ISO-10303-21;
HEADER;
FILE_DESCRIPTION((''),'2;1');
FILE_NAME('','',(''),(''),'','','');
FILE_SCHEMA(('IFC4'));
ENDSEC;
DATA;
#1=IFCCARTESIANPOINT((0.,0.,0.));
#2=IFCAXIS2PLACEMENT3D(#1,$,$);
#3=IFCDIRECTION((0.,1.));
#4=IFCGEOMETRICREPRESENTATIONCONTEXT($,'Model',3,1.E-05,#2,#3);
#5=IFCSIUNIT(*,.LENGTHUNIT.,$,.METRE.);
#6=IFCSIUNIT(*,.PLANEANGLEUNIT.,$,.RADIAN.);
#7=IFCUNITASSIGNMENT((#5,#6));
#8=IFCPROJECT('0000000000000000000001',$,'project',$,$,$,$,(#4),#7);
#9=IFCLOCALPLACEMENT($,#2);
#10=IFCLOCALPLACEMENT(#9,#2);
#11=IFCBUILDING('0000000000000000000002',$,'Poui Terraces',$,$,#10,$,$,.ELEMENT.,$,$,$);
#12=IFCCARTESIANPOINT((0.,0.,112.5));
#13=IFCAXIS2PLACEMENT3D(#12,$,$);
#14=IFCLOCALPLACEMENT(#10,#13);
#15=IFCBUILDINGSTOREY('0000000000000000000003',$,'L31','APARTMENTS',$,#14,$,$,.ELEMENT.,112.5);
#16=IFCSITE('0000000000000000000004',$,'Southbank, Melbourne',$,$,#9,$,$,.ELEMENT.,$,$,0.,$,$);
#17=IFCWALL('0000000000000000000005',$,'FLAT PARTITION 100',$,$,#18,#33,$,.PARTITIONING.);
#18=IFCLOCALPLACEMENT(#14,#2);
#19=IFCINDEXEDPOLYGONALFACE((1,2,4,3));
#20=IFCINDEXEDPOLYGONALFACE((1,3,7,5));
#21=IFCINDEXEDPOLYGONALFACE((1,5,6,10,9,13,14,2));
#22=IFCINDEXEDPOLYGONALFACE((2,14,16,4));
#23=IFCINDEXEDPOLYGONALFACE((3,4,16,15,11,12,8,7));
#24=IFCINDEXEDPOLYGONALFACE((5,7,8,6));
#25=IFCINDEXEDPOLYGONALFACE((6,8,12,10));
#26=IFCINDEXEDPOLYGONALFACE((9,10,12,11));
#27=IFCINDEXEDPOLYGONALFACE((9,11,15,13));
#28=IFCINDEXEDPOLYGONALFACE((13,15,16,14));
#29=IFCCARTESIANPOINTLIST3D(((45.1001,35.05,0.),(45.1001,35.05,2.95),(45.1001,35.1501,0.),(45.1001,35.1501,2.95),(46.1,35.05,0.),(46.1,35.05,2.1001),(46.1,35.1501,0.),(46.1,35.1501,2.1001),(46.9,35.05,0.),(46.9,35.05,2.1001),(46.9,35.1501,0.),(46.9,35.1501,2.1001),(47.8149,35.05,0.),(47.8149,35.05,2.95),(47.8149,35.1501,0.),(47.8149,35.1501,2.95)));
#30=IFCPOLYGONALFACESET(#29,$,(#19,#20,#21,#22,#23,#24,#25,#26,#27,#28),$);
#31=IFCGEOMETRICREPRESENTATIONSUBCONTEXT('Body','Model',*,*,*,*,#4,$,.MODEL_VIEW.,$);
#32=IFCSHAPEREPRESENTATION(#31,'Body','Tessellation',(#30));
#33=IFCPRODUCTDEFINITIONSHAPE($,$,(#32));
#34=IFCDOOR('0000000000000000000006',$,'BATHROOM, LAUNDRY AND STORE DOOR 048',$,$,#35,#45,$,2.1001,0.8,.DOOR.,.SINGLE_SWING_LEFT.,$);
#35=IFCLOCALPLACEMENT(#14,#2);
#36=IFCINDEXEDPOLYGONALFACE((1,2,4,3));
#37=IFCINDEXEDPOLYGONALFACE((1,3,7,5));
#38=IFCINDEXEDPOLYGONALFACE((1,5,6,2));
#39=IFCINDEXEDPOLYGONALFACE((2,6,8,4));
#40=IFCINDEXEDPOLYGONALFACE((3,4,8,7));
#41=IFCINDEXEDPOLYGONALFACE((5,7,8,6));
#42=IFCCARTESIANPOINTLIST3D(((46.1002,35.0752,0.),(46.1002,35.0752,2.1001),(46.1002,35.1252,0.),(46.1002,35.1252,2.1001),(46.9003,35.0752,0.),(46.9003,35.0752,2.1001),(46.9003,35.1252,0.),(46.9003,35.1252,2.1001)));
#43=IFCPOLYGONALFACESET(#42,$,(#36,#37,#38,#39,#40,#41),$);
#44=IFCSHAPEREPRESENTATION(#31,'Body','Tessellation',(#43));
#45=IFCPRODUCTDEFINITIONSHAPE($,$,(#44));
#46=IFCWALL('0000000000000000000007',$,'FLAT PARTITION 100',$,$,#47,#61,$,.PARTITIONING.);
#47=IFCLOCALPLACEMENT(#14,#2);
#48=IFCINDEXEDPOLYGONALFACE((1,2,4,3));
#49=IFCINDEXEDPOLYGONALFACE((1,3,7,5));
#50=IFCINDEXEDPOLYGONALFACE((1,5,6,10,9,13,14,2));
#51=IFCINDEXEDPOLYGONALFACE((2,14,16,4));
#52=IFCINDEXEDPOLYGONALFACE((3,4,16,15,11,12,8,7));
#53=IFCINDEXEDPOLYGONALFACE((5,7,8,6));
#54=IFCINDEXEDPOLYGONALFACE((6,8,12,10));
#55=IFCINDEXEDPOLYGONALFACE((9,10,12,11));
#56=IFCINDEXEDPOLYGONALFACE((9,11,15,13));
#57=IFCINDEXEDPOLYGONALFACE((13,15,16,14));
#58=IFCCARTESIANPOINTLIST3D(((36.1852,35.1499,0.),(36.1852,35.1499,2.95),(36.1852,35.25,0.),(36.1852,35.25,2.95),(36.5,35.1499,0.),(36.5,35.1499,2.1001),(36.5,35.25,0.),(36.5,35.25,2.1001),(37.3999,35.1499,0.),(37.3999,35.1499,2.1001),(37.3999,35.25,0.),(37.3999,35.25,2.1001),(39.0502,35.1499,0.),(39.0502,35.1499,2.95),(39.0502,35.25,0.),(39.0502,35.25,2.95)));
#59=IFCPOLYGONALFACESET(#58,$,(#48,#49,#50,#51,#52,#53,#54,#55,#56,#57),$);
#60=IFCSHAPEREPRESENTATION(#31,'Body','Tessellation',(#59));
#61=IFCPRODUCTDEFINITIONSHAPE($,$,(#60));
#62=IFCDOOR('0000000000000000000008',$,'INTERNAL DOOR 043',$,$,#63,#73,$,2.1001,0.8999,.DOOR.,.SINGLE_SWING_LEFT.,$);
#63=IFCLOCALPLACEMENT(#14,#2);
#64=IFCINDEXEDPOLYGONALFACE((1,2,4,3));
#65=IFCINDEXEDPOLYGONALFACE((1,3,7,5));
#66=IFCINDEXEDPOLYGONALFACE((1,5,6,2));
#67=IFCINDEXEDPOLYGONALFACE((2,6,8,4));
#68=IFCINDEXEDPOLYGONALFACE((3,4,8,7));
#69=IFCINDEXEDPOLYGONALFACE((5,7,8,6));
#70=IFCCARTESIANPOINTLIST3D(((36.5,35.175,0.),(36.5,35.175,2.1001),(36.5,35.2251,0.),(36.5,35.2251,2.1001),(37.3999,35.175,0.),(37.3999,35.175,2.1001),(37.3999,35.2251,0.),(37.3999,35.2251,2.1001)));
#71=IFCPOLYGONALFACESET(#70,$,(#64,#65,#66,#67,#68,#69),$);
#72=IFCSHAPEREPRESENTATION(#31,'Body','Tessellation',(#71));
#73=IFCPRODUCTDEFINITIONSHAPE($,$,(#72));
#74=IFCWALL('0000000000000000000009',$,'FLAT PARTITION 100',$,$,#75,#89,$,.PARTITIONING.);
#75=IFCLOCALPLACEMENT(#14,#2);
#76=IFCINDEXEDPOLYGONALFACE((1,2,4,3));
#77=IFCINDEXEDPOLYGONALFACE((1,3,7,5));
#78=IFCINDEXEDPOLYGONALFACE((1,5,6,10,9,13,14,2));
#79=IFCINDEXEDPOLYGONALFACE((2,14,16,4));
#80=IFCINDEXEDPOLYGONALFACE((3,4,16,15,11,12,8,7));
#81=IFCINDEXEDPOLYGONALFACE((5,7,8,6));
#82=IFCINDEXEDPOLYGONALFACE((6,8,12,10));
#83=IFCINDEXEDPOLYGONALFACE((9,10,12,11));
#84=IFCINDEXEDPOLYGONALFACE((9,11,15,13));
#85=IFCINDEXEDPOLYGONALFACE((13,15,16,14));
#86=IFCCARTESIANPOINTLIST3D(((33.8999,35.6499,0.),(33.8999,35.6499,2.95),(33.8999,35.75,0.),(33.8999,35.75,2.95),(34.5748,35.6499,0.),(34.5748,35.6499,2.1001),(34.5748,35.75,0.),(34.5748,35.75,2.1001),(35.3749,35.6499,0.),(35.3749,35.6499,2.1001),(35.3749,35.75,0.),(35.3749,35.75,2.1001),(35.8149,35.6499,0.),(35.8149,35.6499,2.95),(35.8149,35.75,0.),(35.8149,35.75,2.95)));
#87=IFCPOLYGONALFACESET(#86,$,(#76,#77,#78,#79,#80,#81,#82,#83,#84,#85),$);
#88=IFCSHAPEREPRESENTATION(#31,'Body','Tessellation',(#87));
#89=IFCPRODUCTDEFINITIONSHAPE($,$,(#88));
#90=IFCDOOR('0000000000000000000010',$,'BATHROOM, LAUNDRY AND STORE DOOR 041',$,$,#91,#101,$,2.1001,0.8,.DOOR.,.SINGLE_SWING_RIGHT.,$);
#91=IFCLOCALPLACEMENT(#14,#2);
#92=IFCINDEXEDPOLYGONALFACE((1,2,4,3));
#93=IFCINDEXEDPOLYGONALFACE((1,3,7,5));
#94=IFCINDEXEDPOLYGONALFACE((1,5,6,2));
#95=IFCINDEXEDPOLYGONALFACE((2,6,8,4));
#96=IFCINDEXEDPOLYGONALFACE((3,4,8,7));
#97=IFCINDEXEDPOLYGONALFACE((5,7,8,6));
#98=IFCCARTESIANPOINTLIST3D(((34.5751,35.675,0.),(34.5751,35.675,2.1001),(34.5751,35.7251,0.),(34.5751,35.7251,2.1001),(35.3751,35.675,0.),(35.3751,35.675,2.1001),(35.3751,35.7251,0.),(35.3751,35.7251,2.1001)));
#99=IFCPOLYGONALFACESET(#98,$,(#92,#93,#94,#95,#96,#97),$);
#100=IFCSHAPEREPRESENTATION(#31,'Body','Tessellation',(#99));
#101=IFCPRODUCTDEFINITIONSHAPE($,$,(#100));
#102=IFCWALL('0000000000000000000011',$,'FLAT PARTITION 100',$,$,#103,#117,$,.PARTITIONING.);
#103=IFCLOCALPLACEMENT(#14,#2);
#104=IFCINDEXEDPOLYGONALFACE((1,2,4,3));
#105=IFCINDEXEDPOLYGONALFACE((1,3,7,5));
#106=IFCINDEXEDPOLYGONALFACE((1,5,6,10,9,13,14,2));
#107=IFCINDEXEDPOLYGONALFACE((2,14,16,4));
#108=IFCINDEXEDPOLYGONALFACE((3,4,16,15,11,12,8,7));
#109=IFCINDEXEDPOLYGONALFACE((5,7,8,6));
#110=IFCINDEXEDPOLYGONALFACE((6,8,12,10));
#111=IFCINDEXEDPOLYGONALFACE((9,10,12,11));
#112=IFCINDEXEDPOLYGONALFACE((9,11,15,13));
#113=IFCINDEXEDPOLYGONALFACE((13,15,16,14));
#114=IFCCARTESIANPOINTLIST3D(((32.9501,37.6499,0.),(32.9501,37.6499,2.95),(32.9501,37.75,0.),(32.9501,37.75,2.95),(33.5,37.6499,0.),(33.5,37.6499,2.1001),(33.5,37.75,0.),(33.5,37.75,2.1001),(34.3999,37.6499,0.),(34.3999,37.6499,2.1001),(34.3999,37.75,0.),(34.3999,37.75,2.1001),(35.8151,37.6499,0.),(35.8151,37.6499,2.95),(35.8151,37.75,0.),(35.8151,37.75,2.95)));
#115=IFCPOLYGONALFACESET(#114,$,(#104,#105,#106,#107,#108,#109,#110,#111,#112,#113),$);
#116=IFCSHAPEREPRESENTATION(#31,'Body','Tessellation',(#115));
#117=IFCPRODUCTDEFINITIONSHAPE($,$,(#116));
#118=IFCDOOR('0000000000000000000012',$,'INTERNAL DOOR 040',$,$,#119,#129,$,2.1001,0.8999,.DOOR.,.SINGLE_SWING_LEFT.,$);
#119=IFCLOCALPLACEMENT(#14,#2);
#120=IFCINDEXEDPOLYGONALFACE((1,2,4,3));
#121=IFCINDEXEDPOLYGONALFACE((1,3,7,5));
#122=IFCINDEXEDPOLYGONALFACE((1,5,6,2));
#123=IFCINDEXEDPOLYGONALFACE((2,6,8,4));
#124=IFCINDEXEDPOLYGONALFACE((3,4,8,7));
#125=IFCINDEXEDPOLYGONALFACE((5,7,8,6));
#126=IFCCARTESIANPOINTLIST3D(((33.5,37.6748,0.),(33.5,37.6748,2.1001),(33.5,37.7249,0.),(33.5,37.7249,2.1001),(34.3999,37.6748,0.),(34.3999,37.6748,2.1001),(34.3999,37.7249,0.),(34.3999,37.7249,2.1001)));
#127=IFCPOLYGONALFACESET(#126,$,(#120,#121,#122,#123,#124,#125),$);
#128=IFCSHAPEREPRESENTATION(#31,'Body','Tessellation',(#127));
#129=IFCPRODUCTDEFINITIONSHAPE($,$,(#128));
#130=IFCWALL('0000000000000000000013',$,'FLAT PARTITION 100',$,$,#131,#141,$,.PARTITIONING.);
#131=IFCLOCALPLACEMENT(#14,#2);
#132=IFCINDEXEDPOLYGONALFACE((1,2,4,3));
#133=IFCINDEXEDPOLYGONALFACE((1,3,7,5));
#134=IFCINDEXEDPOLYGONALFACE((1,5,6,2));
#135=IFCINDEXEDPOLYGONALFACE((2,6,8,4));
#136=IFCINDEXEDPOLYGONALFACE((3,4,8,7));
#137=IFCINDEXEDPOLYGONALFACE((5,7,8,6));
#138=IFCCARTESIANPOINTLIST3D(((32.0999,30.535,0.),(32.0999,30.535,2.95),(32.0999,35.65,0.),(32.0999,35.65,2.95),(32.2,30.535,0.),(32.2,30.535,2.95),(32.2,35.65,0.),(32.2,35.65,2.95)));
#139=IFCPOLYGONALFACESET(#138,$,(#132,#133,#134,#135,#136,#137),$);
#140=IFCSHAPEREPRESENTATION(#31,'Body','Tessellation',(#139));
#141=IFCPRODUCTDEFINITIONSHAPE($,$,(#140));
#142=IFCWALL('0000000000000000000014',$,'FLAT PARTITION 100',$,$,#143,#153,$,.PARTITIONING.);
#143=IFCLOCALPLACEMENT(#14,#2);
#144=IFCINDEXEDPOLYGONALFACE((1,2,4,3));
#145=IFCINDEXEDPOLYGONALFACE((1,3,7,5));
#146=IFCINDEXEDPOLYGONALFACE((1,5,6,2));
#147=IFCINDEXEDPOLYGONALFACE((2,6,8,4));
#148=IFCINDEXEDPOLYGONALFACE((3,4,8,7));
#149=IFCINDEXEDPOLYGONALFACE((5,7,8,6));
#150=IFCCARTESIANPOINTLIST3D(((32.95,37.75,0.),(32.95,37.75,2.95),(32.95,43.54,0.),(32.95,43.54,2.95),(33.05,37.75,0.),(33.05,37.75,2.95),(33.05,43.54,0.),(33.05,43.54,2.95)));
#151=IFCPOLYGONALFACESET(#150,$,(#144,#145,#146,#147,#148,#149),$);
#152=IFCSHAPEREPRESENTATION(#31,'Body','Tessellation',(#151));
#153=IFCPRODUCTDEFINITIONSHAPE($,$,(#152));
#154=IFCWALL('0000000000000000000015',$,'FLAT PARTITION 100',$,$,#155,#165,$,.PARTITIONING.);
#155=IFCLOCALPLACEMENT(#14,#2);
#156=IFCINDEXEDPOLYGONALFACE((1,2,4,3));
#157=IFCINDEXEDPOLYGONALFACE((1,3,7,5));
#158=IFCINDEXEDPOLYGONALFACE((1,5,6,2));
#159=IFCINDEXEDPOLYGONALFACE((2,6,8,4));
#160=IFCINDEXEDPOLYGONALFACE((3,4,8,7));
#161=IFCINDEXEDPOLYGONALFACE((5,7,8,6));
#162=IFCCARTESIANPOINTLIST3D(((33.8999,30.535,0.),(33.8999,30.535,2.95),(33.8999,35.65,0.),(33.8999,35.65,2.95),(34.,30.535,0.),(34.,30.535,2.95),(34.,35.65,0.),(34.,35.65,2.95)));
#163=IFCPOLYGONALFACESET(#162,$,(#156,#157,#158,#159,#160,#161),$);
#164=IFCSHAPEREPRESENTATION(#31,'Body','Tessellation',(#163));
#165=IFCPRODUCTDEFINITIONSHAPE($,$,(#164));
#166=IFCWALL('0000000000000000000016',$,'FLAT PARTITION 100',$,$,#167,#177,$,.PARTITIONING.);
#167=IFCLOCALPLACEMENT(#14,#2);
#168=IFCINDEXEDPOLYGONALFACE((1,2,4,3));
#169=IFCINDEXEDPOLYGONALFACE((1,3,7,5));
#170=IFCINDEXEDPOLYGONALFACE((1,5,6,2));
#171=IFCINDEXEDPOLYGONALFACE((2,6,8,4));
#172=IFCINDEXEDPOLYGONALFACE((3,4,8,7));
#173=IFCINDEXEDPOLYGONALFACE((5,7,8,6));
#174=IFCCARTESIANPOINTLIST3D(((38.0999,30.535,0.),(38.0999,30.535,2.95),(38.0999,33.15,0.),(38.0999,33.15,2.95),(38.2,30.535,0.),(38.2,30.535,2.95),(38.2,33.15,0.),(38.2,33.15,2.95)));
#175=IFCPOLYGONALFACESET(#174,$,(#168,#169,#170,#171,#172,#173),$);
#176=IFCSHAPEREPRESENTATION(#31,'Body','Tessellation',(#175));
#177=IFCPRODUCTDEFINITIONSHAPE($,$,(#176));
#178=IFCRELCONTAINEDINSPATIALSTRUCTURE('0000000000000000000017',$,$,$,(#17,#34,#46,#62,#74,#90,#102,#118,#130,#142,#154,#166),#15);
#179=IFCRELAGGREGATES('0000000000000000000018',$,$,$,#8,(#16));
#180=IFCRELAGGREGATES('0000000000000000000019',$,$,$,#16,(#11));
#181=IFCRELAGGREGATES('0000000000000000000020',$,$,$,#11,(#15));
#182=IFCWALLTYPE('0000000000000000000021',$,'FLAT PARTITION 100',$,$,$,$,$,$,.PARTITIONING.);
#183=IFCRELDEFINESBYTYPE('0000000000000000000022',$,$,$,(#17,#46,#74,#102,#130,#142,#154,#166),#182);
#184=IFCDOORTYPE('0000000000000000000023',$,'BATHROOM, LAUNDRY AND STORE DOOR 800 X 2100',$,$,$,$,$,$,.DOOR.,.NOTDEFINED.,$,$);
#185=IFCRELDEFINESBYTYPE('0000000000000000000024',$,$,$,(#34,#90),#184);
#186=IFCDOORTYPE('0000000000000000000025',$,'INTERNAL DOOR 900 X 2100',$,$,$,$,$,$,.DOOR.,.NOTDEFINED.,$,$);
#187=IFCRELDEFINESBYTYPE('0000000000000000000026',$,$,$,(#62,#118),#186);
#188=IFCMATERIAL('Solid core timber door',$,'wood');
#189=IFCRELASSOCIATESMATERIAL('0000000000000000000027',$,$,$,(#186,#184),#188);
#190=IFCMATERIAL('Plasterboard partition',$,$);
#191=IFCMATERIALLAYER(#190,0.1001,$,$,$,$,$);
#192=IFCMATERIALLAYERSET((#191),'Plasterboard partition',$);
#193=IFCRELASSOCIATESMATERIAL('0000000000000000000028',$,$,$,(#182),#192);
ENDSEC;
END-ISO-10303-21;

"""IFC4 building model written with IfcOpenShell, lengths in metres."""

from ifc_helpers import new_model, si_unit, direction, frame, frame_2d, origin, place, context, subcontext, project, spatial, rectangle, extrude, material, layer, layer_set, type_object, element, fill, save


model = new_model("IFC4")

# Units and contexts
model_context = context("Model", 3, precision=1e-05, world=origin(), true_north=direction((0.0, 1.0)))
body_context = subcontext(model_context, "Body", "Model", "MODEL_VIEW")
ifc_project = project(units=[si_unit("LENGTHUNIT", "METRE"), si_unit("PLANEANGLEUNIT", "RADIAN")], contexts=[model_context])

# Site, building, storey
site_placement = place(None, origin())
site = spatial("IfcSite", under=ifc_project, at=site_placement, Name="Southbank, Melbourne", CompositionType="ELEMENT", RefElevation=0.0)
building_placement = place(site_placement, origin())
building = spatial("IfcBuilding", under=site, at=building_placement, Name="Poui Terraces", CompositionType="ELEMENT")
storey_placement = place(building_placement, frame((0.0, 0.0, 112.5)))
storey = spatial("IfcBuildingStorey", under=building, at=storey_placement, Name="L31", Description="APARTMENTS", CompositionType="ELEMENT", Elevation=112.5)

# Walls, openings, doors
ifc_material_1 = material(Name="Solid core timber door", Category="wood")
door_type_1 = type_object("IfcDoorType", Name="INTERNAL DOOR 900 X 2100", OperationType="NOTDEFINED", PredefinedType="DOOR", material=ifc_material_1)
ifc_material_2 = material(Name="Plasterboard partition")
ifc_layer_1 = layer(ifc_material_2, 0.1001)
ifc_layer_set_1 = layer_set([ifc_layer_1], Name="Plasterboard partition")
wall_type_1 = type_object("IfcWallType", Name="FLAT PARTITION 100", PredefinedType="PARTITIONING", material=ifc_layer_set_1)
door_type_2 = type_object("IfcDoorType", Name="BATHROOM, LAUNDRY AND STORE DOOR 800 X 2100", OperationType="NOTDEFINED", PredefinedType="DOOR", material=ifc_material_1)
wall_1_placement = place(storey_placement, frame((45.1001, 35.1001, 0.0), z_axis=(0.0, 0.0, 1.0), x_axis=(1.0, 0.0, 0.0)))
wall_1 = element("IfcWall", 1, at=wall_1_placement, inside=storey, type_object=wall_type_1, Name="FLAT PARTITION 100", PredefinedType="PARTITIONING", context=body_context, shape_type="SweptSolid", body=[
    extrude(rectangle(XDim=2.7148, YDim=0.1001, at=frame_2d((1.3574, 0.0))), origin(), (0.0, 0.0, 1.0), 2.95),
])
opening_1_placement = place(wall_1_placement, frame((1.0, 0.0, 0.0)))
opening_1 = element("IfcOpeningElement", 2, at=opening_1_placement, cuts=wall_1, PredefinedType="OPENING", context=body_context, shape_type="SweptSolid", body=[
    extrude(rectangle(XDim=0.8, YDim=2.1001, at=frame_2d((0.3999, 1.05))), frame((0.0, 0.0601, 0.0), z_axis=(0.0, -1.0, 0.0), x_axis=(1.0, 0.0, 0.0)), (0.0, 0.0, 1.0), 0.1201),
])
door_1_placement = place(opening_1_placement, frame((0.8, 0.0, 0.0), z_axis=(0.0, 0.0, 1.0), x_axis=(-1.0, 0.0, 0.0)))
door_1 = element("IfcDoor", 3, at=door_1_placement, inside=storey, type_object=door_type_2, Name="BATHROOM, LAUNDRY AND STORE DOOR 048", OperationType="SINGLE_SWING_LEFT", OverallHeight=2.1001, OverallWidth=0.8, PredefinedType="DOOR", context=body_context, shape_type="SweptSolid", body=[
    extrude(rectangle(XDim=0.8, YDim=2.1001, at=frame_2d((0.3999, 1.05))), frame((0.0, 0.0249, 0.0), z_axis=(0.0, -1.0, 0.0), x_axis=(1.0, 0.0, 0.0)), (0.0, 0.0, 1.0), 0.05),
])
fill(opening_1, door_1)
wall_2_placement = place(storey_placement, frame((36.1851, 35.2, 0.0), z_axis=(0.0, 0.0, 1.0), x_axis=(1.0, 0.0, 0.0)))
wall_2 = element("IfcWall", 4, at=wall_2_placement, inside=storey, type_object=wall_type_1, Name="FLAT PARTITION 100", PredefinedType="PARTITIONING", context=body_context, shape_type="SweptSolid", body=[
    extrude(rectangle(XDim=2.865, YDim=0.1001, at=frame_2d((1.4326, 0.0))), origin(), (0.0, 0.0, 1.0), 2.95),
])
opening_2_placement = place(wall_2_placement, frame((0.3149, 0.0, 0.0)))
opening_2 = element("IfcOpeningElement", 5, at=opening_2_placement, cuts=wall_2, PredefinedType="OPENING", context=body_context, shape_type="SweptSolid", body=[
    extrude(rectangle(XDim=0.8999, YDim=2.1001, at=frame_2d((0.45, 1.05))), frame((0.0, 0.0601, 0.0), z_axis=(0.0, -1.0, 0.0), x_axis=(1.0, 0.0, 0.0)), (0.0, 0.0, 1.0), 0.1201),
])
door_2_placement = place(opening_2_placement, frame((0.8999, 0.0, 0.0), z_axis=(0.0, 0.0, 1.0), x_axis=(-1.0, 0.0, 0.0)))
door_2 = element("IfcDoor", 6, at=door_2_placement, inside=storey, type_object=door_type_1, Name="INTERNAL DOOR 043", OperationType="SINGLE_SWING_LEFT", OverallHeight=2.1001, OverallWidth=0.8999, PredefinedType="DOOR", context=body_context, shape_type="SweptSolid", body=[
    extrude(rectangle(XDim=0.8999, YDim=2.1001, at=frame_2d((0.45, 1.05))), frame((0.0, 0.0249, 0.0), z_axis=(0.0, -1.0, 0.0), x_axis=(1.0, 0.0, 0.0)), (0.0, 0.0, 1.0), 0.05),
])
fill(opening_2, door_2)
wall_3_placement = place(storey_placement, frame((33.8999, 35.7, 0.0), z_axis=(0.0, 0.0, 1.0), x_axis=(1.0, 0.0, 0.0)))
wall_3 = element("IfcWall", 7, at=wall_3_placement, inside=storey, type_object=wall_type_1, Name="FLAT PARTITION 100", PredefinedType="PARTITIONING", context=body_context, shape_type="SweptSolid", body=[
    extrude(rectangle(XDim=1.915, YDim=0.1001, at=frame_2d((0.9575, 0.0))), origin(), (0.0, 0.0, 1.0), 2.95),
])
opening_3_placement = place(wall_3_placement, frame((0.675, 0.0, 0.0)))
opening_3 = element("IfcOpeningElement", 8, at=opening_3_placement, cuts=wall_3, PredefinedType="OPENING", context=body_context, shape_type="SweptSolid", body=[
    extrude(rectangle(XDim=0.8, YDim=2.1001, at=frame_2d((0.3999, 1.05))), frame((0.0, 0.0601, 0.0), z_axis=(0.0, -1.0, 0.0), x_axis=(1.0, 0.0, 0.0)), (0.0, 0.0, 1.0), 0.1201),
])
door_3_placement = place(opening_3_placement, frame((0.8, 0.0, 0.0), z_axis=(0.0, 0.0, 1.0), x_axis=(-1.0, 0.0, 0.0)))
door_3 = element("IfcDoor", 9, at=door_3_placement, inside=storey, type_object=door_type_2, Name="BATHROOM, LAUNDRY AND STORE DOOR 041", OperationType="SINGLE_SWING_RIGHT", OverallHeight=2.1001, OverallWidth=0.8, PredefinedType="DOOR", context=body_context, shape_type="SweptSolid", body=[
    extrude(rectangle(XDim=0.8, YDim=2.1001, at=frame_2d((0.3999, 1.05))), frame((0.0, 0.0249, 0.0), z_axis=(0.0, -1.0, 0.0), x_axis=(1.0, 0.0, 0.0)), (0.0, 0.0, 1.0), 0.05),
])
fill(opening_3, door_3)
wall_4_placement = place(storey_placement, frame((32.95, 37.7, 0.0), z_axis=(0.0, 0.0, 1.0), x_axis=(1.0, 0.0, 0.0)))
wall_4 = element("IfcWall", 10, at=wall_4_placement, inside=storey, type_object=wall_type_1, Name="FLAT PARTITION 100", PredefinedType="PARTITIONING", context=body_context, shape_type="SweptSolid", body=[
    extrude(rectangle(XDim=2.865, YDim=0.1001, at=frame_2d((1.4326, 0.0))), origin(), (0.0, 0.0, 1.0), 2.95),
])
opening_4_placement = place(wall_4_placement, frame((0.55, 0.0, 0.0)))
opening_4 = element("IfcOpeningElement", 11, at=opening_4_placement, cuts=wall_4, PredefinedType="OPENING", context=body_context, shape_type="SweptSolid", body=[
    extrude(rectangle(XDim=0.8999, YDim=2.1001, at=frame_2d((0.45, 1.05))), frame((0.0, 0.0601, 0.0), z_axis=(0.0, -1.0, 0.0), x_axis=(1.0, 0.0, 0.0)), (0.0, 0.0, 1.0), 0.1201),
])
door_4_placement = place(opening_4_placement, origin())
door_4 = element("IfcDoor", 12, at=door_4_placement, inside=storey, type_object=door_type_1, Name="INTERNAL DOOR 040", OperationType="SINGLE_SWING_LEFT", OverallHeight=2.1001, OverallWidth=0.8999, PredefinedType="DOOR", context=body_context, shape_type="SweptSolid", body=[
    extrude(rectangle(XDim=0.8999, YDim=2.1001, at=frame_2d((0.45, 1.05))), frame((0.0, 0.0249, 0.0), z_axis=(0.0, -1.0, 0.0), x_axis=(1.0, 0.0, 0.0)), (0.0, 0.0, 1.0), 0.05),
])
fill(opening_4, door_4)

# Walls
wall_5_placement = place(storey_placement, frame((32.1499, 30.5349, 0.0), z_axis=(0.0, 0.0, 1.0), x_axis=(0.0, 1.0, 0.0)))
element("IfcWall", 13, at=wall_5_placement, inside=storey, type_object=wall_type_1, Name="FLAT PARTITION 100", PredefinedType="PARTITIONING", context=body_context, shape_type="SweptSolid", body=[
    extrude(rectangle(XDim=5.115, YDim=0.1001, at=frame_2d((2.5576, 0.0))), origin(), (0.0, 0.0, 1.0), 2.95),
])
wall_6_placement = place(storey_placement, frame((33.0, 37.75, 0.0), z_axis=(0.0, 0.0, 1.0), x_axis=(0.0, 1.0, 0.0)))
element("IfcWall", 14, at=wall_6_placement, inside=storey, type_object=wall_type_1, Name="FLAT PARTITION 100", PredefinedType="PARTITIONING", context=body_context, shape_type="SweptSolid", body=[
    extrude(rectangle(XDim=5.79, YDim=0.1001, at=frame_2d((2.895, 0.0))), origin(), (0.0, 0.0, 1.0), 2.95),
])
wall_7_placement = place(storey_placement, frame((33.95, 30.5349, 0.0), z_axis=(0.0, 0.0, 1.0), x_axis=(0.0, 1.0, 0.0)))
element("IfcWall", 15, at=wall_7_placement, inside=storey, type_object=wall_type_1, Name="FLAT PARTITION 100", PredefinedType="PARTITIONING", context=body_context, shape_type="SweptSolid", body=[
    extrude(rectangle(XDim=5.115, YDim=0.1001, at=frame_2d((2.5576, 0.0))), origin(), (0.0, 0.0, 1.0), 2.95),
])
wall_8_placement = place(storey_placement, frame((38.1499, 30.5349, 0.0), z_axis=(0.0, 0.0, 1.0), x_axis=(0.0, 1.0, 0.0)))
element("IfcWall", 16, at=wall_8_placement, inside=storey, type_object=wall_type_1, Name="FLAT PARTITION 100", PredefinedType="PARTITIONING", context=body_context, shape_type="SweptSolid", body=[
    extrude(rectangle(XDim=2.615, YDim=0.1001, at=frame_2d((1.3076, 0.0))), origin(), (0.0, 0.0, 1.0), 2.95),
])

save(model, "model.ifc")
